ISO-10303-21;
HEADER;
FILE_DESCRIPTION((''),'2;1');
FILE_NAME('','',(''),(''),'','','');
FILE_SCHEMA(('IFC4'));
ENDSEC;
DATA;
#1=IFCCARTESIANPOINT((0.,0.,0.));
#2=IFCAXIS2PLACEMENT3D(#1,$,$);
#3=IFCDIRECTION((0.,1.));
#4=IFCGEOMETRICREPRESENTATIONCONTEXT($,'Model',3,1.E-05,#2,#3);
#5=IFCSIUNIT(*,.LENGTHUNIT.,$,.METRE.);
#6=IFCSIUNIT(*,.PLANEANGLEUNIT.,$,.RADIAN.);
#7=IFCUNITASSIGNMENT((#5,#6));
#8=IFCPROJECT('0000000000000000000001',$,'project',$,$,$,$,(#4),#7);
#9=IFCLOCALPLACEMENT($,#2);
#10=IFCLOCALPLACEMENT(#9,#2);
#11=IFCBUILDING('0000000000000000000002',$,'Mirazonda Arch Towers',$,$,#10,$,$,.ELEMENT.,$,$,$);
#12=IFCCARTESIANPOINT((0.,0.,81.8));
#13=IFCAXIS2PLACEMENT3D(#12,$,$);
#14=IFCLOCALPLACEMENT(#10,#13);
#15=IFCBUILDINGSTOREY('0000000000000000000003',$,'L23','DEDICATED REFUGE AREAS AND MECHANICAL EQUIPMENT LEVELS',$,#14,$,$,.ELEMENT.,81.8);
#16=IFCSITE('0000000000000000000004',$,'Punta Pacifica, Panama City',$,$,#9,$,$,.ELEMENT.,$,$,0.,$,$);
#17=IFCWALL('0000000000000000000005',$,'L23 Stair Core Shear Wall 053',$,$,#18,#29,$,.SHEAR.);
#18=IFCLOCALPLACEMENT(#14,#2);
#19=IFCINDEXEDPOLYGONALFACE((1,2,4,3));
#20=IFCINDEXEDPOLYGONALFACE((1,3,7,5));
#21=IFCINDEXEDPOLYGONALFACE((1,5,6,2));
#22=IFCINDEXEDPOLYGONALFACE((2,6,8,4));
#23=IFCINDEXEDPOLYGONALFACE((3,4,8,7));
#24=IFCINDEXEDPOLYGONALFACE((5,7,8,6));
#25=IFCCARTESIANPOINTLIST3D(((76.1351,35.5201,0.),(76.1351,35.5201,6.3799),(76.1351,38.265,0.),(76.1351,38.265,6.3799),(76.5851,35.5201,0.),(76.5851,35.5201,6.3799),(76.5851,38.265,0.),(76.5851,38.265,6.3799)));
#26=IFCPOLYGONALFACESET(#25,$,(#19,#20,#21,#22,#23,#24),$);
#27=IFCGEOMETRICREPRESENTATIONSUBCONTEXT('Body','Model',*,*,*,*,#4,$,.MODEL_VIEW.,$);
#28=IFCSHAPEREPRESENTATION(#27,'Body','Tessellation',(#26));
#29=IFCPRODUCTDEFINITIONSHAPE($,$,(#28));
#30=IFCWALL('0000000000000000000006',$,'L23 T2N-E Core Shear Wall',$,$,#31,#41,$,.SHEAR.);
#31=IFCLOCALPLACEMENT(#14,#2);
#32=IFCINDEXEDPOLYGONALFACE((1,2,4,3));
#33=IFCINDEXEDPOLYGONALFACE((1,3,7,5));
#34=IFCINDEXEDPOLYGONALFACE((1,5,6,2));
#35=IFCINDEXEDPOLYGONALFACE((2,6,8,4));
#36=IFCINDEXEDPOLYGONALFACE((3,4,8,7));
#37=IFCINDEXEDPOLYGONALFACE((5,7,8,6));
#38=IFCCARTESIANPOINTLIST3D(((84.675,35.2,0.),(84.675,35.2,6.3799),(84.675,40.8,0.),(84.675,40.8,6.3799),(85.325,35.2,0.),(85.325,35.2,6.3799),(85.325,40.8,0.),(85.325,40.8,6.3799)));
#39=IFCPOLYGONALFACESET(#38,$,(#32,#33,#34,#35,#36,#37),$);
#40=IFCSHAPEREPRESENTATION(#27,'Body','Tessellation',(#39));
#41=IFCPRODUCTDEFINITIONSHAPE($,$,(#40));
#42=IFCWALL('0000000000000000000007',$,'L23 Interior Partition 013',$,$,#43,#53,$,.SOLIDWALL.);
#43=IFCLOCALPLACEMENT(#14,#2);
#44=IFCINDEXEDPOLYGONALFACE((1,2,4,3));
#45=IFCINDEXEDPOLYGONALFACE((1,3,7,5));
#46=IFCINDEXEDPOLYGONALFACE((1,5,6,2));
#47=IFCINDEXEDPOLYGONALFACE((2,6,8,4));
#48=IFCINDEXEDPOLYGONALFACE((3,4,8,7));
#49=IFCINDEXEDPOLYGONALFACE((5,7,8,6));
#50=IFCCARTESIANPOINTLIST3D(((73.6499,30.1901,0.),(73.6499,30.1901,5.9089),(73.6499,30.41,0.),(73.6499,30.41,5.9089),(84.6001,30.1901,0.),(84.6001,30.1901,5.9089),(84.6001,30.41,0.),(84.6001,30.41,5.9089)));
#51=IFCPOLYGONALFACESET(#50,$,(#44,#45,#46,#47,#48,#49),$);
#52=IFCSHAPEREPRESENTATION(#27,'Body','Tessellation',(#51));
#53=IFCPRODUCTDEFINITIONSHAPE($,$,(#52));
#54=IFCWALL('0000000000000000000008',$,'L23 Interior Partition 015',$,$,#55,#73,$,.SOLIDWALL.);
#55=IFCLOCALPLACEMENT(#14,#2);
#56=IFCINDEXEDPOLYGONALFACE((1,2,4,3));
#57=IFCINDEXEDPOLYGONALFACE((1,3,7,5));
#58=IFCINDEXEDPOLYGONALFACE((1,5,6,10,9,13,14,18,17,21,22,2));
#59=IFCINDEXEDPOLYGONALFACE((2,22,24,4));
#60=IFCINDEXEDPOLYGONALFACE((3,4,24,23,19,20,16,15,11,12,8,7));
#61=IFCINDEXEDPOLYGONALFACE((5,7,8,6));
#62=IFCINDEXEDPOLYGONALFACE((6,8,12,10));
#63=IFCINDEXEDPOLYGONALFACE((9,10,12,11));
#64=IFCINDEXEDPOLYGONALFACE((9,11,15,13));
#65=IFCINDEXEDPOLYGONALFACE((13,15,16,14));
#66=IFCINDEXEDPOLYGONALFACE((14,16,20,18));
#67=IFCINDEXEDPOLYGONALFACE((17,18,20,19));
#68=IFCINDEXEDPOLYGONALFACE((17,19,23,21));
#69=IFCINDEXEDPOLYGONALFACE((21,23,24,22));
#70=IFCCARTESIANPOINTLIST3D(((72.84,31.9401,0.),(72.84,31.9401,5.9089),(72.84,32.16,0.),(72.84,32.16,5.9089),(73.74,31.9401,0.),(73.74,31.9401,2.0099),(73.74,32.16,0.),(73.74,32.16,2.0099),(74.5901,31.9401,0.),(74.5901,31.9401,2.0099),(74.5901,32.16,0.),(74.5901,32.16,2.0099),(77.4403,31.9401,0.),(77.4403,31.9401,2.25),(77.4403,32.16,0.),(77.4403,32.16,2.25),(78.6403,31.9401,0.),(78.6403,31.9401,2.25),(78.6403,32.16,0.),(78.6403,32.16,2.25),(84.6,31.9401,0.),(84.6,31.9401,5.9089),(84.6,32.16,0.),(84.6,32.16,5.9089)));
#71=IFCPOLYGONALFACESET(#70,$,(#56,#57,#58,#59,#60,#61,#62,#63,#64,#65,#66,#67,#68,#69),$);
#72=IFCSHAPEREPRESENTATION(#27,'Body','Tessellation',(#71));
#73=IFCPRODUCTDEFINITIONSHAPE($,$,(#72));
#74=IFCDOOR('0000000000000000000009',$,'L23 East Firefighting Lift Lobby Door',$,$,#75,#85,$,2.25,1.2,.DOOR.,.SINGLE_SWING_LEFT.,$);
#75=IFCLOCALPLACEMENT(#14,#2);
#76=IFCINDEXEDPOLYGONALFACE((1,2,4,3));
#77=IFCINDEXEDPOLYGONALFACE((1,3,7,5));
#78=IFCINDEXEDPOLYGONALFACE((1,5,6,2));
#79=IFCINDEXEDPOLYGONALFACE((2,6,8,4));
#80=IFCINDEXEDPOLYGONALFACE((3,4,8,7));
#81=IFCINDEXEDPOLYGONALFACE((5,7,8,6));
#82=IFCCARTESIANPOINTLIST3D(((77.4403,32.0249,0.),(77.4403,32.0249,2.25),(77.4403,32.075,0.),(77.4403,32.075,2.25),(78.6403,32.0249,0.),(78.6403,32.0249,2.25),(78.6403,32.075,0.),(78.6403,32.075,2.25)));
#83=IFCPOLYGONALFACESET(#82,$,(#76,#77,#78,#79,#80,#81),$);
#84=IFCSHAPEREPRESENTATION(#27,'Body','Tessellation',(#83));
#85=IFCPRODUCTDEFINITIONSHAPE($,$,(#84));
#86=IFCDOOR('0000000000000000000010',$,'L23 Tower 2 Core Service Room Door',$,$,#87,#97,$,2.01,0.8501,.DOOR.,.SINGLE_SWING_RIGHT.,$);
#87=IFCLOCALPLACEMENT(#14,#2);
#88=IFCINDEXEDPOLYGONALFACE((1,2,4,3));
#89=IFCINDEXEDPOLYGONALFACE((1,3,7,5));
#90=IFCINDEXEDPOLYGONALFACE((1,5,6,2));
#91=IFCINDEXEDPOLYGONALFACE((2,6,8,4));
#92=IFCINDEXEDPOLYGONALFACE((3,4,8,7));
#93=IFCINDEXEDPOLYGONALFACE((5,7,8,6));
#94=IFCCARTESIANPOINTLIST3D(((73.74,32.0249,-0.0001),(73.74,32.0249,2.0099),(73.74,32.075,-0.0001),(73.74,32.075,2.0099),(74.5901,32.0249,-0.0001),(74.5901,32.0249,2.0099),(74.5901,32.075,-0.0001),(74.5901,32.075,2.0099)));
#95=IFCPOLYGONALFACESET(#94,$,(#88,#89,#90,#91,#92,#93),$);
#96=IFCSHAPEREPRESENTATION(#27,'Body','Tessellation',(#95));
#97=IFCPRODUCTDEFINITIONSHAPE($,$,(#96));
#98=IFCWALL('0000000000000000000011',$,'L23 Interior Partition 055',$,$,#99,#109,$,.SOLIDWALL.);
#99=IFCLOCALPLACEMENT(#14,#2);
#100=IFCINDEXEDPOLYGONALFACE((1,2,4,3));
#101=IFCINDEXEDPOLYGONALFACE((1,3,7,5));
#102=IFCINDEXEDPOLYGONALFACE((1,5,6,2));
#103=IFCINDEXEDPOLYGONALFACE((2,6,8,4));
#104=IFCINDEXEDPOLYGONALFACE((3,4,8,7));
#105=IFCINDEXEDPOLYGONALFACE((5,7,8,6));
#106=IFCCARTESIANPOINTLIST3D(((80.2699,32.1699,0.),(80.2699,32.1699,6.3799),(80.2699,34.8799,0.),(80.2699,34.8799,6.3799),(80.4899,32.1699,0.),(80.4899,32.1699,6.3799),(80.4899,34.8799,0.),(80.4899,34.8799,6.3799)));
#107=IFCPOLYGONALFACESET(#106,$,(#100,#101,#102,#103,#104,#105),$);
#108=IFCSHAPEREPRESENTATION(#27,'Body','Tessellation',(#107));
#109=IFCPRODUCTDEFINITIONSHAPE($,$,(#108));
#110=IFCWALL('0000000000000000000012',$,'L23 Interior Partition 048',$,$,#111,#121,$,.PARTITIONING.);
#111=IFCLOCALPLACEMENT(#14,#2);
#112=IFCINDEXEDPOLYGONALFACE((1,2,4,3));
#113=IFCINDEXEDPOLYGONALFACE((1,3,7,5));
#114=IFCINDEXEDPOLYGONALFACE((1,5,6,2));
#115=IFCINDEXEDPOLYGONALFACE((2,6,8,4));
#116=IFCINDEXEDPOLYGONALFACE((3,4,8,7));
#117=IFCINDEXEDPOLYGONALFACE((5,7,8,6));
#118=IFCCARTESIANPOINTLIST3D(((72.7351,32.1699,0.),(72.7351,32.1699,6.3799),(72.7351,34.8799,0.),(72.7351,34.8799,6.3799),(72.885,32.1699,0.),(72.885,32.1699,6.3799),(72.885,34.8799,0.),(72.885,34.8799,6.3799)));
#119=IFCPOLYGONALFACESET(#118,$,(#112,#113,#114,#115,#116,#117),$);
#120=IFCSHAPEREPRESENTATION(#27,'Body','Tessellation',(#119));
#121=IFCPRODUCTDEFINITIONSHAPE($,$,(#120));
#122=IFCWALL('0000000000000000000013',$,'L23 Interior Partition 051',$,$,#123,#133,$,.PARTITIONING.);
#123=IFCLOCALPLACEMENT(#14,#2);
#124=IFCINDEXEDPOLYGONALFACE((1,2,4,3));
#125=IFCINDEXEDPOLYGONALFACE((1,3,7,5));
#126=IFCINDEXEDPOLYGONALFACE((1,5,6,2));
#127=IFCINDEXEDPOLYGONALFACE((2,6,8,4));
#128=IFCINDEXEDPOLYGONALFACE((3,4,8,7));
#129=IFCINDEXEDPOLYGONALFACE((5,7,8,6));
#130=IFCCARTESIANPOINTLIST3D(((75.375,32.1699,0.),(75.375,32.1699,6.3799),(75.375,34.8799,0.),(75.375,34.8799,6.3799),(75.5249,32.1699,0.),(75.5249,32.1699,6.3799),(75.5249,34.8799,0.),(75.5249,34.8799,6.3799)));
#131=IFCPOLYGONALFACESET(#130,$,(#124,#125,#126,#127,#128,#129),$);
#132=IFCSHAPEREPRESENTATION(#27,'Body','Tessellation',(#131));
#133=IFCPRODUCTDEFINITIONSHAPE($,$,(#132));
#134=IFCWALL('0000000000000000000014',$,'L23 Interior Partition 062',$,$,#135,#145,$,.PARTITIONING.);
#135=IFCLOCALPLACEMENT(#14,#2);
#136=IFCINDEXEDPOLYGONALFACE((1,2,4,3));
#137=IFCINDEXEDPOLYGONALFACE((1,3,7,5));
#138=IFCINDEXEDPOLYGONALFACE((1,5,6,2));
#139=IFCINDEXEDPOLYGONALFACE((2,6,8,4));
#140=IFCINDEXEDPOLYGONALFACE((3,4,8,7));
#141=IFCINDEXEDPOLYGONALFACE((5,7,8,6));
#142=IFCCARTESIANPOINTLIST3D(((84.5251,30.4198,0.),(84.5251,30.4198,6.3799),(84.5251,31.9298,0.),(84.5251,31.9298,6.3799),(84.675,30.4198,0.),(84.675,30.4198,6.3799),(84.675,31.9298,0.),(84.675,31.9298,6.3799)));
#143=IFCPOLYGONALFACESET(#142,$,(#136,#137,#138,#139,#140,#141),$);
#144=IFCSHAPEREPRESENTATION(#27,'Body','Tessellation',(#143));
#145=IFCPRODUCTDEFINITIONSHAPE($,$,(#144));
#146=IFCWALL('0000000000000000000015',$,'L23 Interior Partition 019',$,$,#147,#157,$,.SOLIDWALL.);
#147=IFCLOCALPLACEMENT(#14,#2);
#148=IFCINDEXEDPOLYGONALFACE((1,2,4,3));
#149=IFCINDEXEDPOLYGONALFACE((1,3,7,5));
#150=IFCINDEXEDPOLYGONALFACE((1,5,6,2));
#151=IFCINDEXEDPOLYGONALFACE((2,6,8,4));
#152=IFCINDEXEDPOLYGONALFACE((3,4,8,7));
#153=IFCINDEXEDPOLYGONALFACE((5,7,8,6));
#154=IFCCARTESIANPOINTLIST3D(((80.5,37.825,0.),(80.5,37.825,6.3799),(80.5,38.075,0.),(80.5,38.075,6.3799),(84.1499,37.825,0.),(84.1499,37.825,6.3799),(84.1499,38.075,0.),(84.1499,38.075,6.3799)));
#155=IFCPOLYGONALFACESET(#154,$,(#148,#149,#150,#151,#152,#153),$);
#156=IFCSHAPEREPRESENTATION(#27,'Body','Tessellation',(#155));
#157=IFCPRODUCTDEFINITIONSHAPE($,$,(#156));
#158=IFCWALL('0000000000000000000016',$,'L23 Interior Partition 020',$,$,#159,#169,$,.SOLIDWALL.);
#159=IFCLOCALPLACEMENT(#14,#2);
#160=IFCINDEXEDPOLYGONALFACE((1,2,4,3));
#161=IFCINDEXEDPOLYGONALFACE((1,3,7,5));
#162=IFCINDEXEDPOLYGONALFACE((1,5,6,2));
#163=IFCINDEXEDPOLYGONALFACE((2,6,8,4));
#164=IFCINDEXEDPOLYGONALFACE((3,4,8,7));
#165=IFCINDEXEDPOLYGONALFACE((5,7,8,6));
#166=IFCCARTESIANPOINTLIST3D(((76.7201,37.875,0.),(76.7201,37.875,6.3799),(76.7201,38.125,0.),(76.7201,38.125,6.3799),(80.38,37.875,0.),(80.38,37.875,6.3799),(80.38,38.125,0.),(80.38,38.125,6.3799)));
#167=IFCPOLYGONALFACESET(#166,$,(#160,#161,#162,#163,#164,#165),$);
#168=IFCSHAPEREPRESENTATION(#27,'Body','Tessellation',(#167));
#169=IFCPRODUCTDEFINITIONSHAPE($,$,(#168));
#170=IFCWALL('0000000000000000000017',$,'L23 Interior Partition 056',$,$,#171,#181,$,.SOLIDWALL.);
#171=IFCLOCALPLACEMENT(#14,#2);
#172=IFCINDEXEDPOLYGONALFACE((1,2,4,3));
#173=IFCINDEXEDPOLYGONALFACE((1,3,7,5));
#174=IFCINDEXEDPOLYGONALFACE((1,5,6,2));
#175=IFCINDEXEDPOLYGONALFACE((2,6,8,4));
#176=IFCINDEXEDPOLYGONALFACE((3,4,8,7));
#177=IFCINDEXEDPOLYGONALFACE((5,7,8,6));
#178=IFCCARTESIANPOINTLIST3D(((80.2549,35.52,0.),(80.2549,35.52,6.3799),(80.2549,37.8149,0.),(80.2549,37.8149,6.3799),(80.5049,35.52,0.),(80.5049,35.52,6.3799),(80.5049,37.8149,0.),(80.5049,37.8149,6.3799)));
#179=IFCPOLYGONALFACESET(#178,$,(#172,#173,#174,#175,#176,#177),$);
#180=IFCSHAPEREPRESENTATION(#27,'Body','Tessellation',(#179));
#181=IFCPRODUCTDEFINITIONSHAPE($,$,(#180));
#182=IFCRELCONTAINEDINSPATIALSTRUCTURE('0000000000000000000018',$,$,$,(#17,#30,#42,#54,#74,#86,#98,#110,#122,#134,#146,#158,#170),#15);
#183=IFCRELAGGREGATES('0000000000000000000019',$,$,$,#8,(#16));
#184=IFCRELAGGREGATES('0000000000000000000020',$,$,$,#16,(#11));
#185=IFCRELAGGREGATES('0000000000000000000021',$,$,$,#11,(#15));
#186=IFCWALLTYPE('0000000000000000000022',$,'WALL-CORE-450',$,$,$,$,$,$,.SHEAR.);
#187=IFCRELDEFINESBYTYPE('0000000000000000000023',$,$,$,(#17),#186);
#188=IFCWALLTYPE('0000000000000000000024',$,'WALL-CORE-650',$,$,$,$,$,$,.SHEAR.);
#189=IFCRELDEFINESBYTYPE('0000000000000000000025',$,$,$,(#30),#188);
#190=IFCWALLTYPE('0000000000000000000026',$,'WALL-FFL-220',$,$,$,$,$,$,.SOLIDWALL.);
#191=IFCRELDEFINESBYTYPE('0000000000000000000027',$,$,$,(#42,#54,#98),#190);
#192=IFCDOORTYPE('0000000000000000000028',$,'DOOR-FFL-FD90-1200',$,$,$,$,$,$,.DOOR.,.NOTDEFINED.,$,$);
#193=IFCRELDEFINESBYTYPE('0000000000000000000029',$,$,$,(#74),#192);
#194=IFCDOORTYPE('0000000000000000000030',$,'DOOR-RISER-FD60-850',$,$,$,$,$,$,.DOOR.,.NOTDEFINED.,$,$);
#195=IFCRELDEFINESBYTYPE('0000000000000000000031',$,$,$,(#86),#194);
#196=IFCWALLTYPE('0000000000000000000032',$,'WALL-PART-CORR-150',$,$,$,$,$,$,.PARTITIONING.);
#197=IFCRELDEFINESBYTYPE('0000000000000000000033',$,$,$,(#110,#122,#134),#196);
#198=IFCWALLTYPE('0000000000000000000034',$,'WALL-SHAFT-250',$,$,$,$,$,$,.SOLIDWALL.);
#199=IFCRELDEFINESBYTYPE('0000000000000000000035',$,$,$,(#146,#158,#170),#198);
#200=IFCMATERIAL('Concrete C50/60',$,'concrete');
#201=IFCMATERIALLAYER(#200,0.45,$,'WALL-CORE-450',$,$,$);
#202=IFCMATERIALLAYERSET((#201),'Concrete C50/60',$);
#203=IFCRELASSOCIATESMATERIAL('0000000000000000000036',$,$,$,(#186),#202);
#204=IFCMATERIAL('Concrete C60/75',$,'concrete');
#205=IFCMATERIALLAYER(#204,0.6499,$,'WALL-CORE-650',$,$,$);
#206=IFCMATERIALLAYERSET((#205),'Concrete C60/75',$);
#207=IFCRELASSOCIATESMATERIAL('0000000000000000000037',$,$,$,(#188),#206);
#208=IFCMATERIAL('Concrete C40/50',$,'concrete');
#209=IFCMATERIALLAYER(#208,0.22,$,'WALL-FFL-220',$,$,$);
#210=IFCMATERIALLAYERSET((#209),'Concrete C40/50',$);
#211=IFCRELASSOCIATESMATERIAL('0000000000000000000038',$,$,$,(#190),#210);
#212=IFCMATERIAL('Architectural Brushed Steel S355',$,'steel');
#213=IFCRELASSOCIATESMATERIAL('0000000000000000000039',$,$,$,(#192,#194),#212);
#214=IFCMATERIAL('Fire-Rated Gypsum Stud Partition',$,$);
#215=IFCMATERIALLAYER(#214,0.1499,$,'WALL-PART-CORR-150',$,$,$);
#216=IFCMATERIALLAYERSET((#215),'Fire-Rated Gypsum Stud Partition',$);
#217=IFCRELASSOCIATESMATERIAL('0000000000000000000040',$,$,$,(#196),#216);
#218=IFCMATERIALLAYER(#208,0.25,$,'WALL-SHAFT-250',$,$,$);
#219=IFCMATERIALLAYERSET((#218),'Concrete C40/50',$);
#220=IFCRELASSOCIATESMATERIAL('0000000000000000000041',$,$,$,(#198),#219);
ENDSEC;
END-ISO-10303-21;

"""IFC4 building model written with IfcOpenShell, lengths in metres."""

from ifc_helpers import new_model, si_unit, direction, frame, frame_2d, origin, place, context, subcontext, project, spatial, rectangle, extrude, material, layer, layer_set, type_object, element, fill, save


model = new_model("IFC4")

# Units and contexts
model_context = context("Model", 3, precision=1e-05, world=origin(), true_north=direction((0.0, 1.0)))
body_context = subcontext(model_context, "Body", "Model", "MODEL_VIEW")
ifc_project = project(units=[si_unit("LENGTHUNIT", "METRE"), si_unit("PLANEANGLEUNIT", "RADIAN")], contexts=[model_context])

# Site, building, storey
site_placement = place(None, origin())
site = spatial("IfcSite", under=ifc_project, at=site_placement, Name="Punta Pacifica, Panama City", CompositionType="ELEMENT", RefElevation=0.0)
building_placement = place(site_placement, origin())
building = spatial("IfcBuilding", under=site, at=building_placement, Name="Mirazonda Arch Towers", CompositionType="ELEMENT")
storey_placement = place(building_placement, frame((0.0, 0.0, 81.8)))
storey = spatial("IfcBuildingStorey", under=building, at=storey_placement, Name="L23", Description="DEDICATED REFUGE AREAS AND MECHANICAL EQUIPMENT LEVELS", CompositionType="ELEMENT", Elevation=81.8)

# Shared definitions
ifc_material_1 = material(Name="Concrete C50/60", Category="concrete")

# Shared definitions
ifc_material_2 = material(Name="Concrete C60/75", Category="concrete")

# Walls
ifc_layer_1 = layer(ifc_material_1, 0.45, Name="WALL-CORE-450")
ifc_layer_set_1 = layer_set([ifc_layer_1], Name="Concrete C50/60")
wall_type_1 = type_object("IfcWallType", Name="WALL-CORE-450", PredefinedType="SHEAR", material=ifc_layer_set_1)
wall_1_placement = place(storey_placement, frame((76.3601, 35.52, 0.0), z_axis=(0.0, 0.0, 1.0), x_axis=(0.0, 1.0, 0.0)))
element("IfcWall", 1, at=wall_1_placement, inside=storey, type_object=wall_type_1, Name="L23 Stair Core Shear Wall 053", PredefinedType="SHEAR", context=body_context, shape_type="SweptSolid", body=[
    extrude(rectangle(XDim=2.7449, YDim=0.45, at=frame_2d((1.3726, 0.0))), origin(), (0.0, 0.0, 1.0), 6.3799),
])
ifc_layer_2 = layer(ifc_material_2, 0.6499, Name="WALL-CORE-650")
ifc_layer_set_2 = layer_set([ifc_layer_2], Name="Concrete C60/75")
wall_type_2 = type_object("IfcWallType", Name="WALL-CORE-650", PredefinedType="SHEAR", material=ifc_layer_set_2)
wall_2_placement = place(storey_placement, frame((85.0, 35.2, 0.0), z_axis=(0.0, 0.0, 1.0), x_axis=(0.0, 1.0, 0.0)))
element("IfcWall", 2, at=wall_2_placement, inside=storey, type_object=wall_type_2, Name="L23 T2N-E Core Shear Wall", PredefinedType="SHEAR", context=body_context, shape_type="SweptSolid", body=[
    extrude(rectangle(XDim=5.6001, YDim=0.6499, at=frame_2d((2.8, 0.0))), origin(), (0.0, 0.0, 1.0), 6.3799),
])
ifc_material_3 = material(Name="Concrete C40/50", Category="concrete")
ifc_layer_3 = layer(ifc_material_3, 0.22, Name="WALL-FFL-220")
ifc_layer_set_3 = layer_set([ifc_layer_3], Name="Concrete C40/50")
wall_type_3 = type_object("IfcWallType", Name="WALL-FFL-220", PredefinedType="SOLIDWALL", material=ifc_layer_set_3)
wall_3_placement = place(storey_placement, frame((73.6499, 30.3, 0.0), z_axis=(0.0, 0.0, 1.0), x_axis=(1.0, 0.0, 0.0)))
element("IfcWall", 3, at=wall_3_placement, inside=storey, type_object=wall_type_3, Name="L23 Interior Partition 013", PredefinedType="SOLIDWALL", context=body_context, shape_type="SweptSolid", body=[
    extrude(rectangle(XDim=10.9502, YDim=0.22, at=frame_2d((5.4751, 0.0))), origin(), (0.0, 0.0, 1.0), 5.9089),
])

# Wall, openings, doors
wall_4_placement = place(storey_placement, frame((72.8401, 32.05, 0.0), z_axis=(0.0, 0.0, 1.0), x_axis=(1.0, 0.0, 0.0)))
wall_4 = element("IfcWall", 4, at=wall_4_placement, inside=storey, type_object=wall_type_3, Name="L23 Interior Partition 015", PredefinedType="SOLIDWALL", context=body_context, shape_type="SweptSolid", body=[
    extrude(rectangle(XDim=11.76, YDim=0.22, at=frame_2d((5.8799, 0.0))), origin(), (0.0, 0.0, 1.0), 5.9089),
])
opening_1_placement = place(wall_4_placement, frame((4.6001, 0.0, 0.0)))
opening_1 = element("IfcOpeningElement", 5, at=opening_1_placement, cuts=wall_4, PredefinedType="OPENING", context=body_context, shape_type="SweptSolid", body=[
    extrude(rectangle(XDim=1.2, YDim=2.25, at=frame_2d((0.6001, 1.125))), frame((0.0, 0.1199, 0.0), z_axis=(0.0, -1.0, 0.0), x_axis=(1.0, 0.0, 0.0)), (0.0, 0.0, 1.0), 0.24),
])
opening_2_placement = place(wall_4_placement, frame((0.8999, 0.0, 0.0)))
opening_2 = element("IfcOpeningElement", 6, at=opening_2_placement, cuts=wall_4, PredefinedType="OPENING", context=body_context, shape_type="SweptSolid", body=[
    extrude(rectangle(XDim=0.8501, YDim=2.01, at=frame_2d((0.425, 1.0049))), frame((0.0, 0.1199, 0.0), z_axis=(0.0, -1.0, 0.0), x_axis=(1.0, 0.0, 0.0)), (0.0, 0.0, 1.0), 0.24),
])
ifc_material_4 = material(Name="Architectural Brushed Steel S355", Category="steel")
door_type_1 = type_object("IfcDoorType", Name="DOOR-FFL-FD90-1200", OperationType="NOTDEFINED", PredefinedType="DOOR", material=ifc_material_4)
door_1_placement = place(opening_1_placement, origin())
door_1 = element("IfcDoor", 7, at=door_1_placement, inside=storey, type_object=door_type_1, Name="L23 East Firefighting Lift Lobby Door", OperationType="SINGLE_SWING_LEFT", OverallHeight=2.25, OverallWidth=1.2, PredefinedType="DOOR", context=body_context, shape_type="SweptSolid", body=[
    extrude(rectangle(XDim=1.2, YDim=2.25, at=frame_2d((0.6001, 1.125))), frame((0.0, 0.0249, 0.0), z_axis=(0.0, -1.0, 0.0), x_axis=(1.0, 0.0, 0.0)), (0.0, 0.0, 1.0), 0.05),
])
fill(opening_1, door_1)
door_type_2 = type_object("IfcDoorType", Name="DOOR-RISER-FD60-850", OperationType="NOTDEFINED", PredefinedType="DOOR", material=ifc_material_4)
door_2_placement = place(opening_2_placement, origin())
door_2 = element("IfcDoor", 8, at=door_2_placement, inside=storey, type_object=door_type_2, Name="L23 Tower 2 Core Service Room Door", OperationType="SINGLE_SWING_RIGHT", OverallHeight=2.01, OverallWidth=0.8501, PredefinedType="DOOR", context=body_context, shape_type="SweptSolid", body=[
    extrude(rectangle(XDim=0.8501, YDim=2.01, at=frame_2d((0.425, 1.0049))), frame((0.0, 0.0249, 0.0), z_axis=(0.0, -1.0, 0.0), x_axis=(1.0, 0.0, 0.0)), (0.0, 0.0, 1.0), 0.05),
])
fill(opening_2, door_2)

# Walls
wall_5_placement = place(storey_placement, frame((80.3799, 32.1699, 0.0), z_axis=(0.0, 0.0, 1.0), x_axis=(0.0, 1.0, 0.0)))
element("IfcWall", 9, at=wall_5_placement, inside=storey, type_object=wall_type_3, Name="L23 Interior Partition 055", PredefinedType="SOLIDWALL", context=body_context, shape_type="SweptSolid", body=[
    extrude(rectangle(XDim=2.71, YDim=0.22, at=frame_2d((1.355, 0.0))), origin(), (0.0, 0.0, 1.0), 6.3799),
])
ifc_material_5 = material(Name="Fire-Rated Gypsum Stud Partition")
ifc_layer_4 = layer(ifc_material_5, 0.1499, Name="WALL-PART-CORR-150")
ifc_layer_set_4 = layer_set([ifc_layer_4], Name="Fire-Rated Gypsum Stud Partition")
wall_type_4 = type_object("IfcWallType", Name="WALL-PART-CORR-150", PredefinedType="PARTITIONING", material=ifc_layer_set_4)
for number, where, z_axis, x_axis, name in (
    (10, (72.8101, 32.1699, 0.0), (0.0, 0.0, 1.0), (0.0, 1.0, 0.0), "L23 Interior Partition 048"),
    (11, (75.45, 32.1699, 0.0), (0.0, 0.0, 1.0), (0.0, 1.0, 0.0), "L23 Interior Partition 051"),
):
    element("IfcWall", number, at=place(storey_placement, frame(where, z_axis=z_axis, x_axis=x_axis)), inside=storey, type_object=wall_type_4, Name=name, PredefinedType="PARTITIONING", context=body_context, shape_type="SweptSolid", body=[
        extrude(rectangle(XDim=2.71, YDim=0.1499, at=frame_2d((1.355, 0.0))), origin(), (0.0, 0.0, 1.0), 6.3799),
    ])
wall_6_placement = place(storey_placement, frame((84.6001, 30.4199, 0.0), z_axis=(0.0, 0.0, 1.0), x_axis=(0.0, 1.0, 0.0)))
element("IfcWall", 12, at=wall_6_placement, inside=storey, type_object=wall_type_4, Name="L23 Interior Partition 062", PredefinedType="PARTITIONING", context=body_context, shape_type="SweptSolid", body=[
    extrude(rectangle(XDim=1.51, YDim=0.1499, at=frame_2d((0.7549, 0.0))), origin(), (0.0, 0.0, 1.0), 6.3799),
])
ifc_layer_5 = layer(ifc_material_3, 0.25, Name="WALL-SHAFT-250")
ifc_layer_set_5 = layer_set([ifc_layer_5], Name="Concrete C40/50")
wall_type_5 = type_object("IfcWallType", Name="WALL-SHAFT-250", PredefinedType="SOLIDWALL", material=ifc_layer_set_5)
wall_7_placement = place(storey_placement, frame((80.5, 37.95, 0.0), z_axis=(0.0, 0.0, 1.0), x_axis=(1.0, 0.0, 0.0)))
element("IfcWall", 13, at=wall_7_placement, inside=storey, type_object=wall_type_5, Name="L23 Interior Partition 019", PredefinedType="SOLIDWALL", context=body_context, shape_type="SweptSolid", body=[
    extrude(rectangle(XDim=3.6499, YDim=0.25, at=frame_2d((1.825, 0.0))), origin(), (0.0, 0.0, 1.0), 6.3799),
])
wall_8_placement = place(storey_placement, frame((76.72, 38.0, 0.0), z_axis=(0.0, 0.0, 1.0), x_axis=(1.0, 0.0, 0.0)))
element("IfcWall", 14, at=wall_8_placement, inside=storey, type_object=wall_type_5, Name="L23 Interior Partition 020", PredefinedType="SOLIDWALL", context=body_context, shape_type="SweptSolid", body=[
    extrude(rectangle(XDim=3.6599, YDim=0.25, at=frame_2d((1.8301, 0.0))), origin(), (0.0, 0.0, 1.0), 6.3799),
])
for number, where, z_axis, x_axis, name in (
    (15, (80.3799, 35.52, 0.0), (0.0, 0.0, 1.0), (0.0, 1.0, 0.0), "L23 Interior Partition 056"),
):
    element("IfcWall", number, at=place(storey_placement, frame(where, z_axis=z_axis, x_axis=x_axis)), inside=storey, type_object=wall_type_5, Name=name, PredefinedType="SOLIDWALL", context=body_context, shape_type="SweptSolid", body=[
        extrude(rectangle(XDim=2.2949, YDim=0.25, at=frame_2d((1.1475, 0.0))), origin(), (0.0, 0.0, 1.0), 6.3799),
    ])

save(model, "model.ifc")
